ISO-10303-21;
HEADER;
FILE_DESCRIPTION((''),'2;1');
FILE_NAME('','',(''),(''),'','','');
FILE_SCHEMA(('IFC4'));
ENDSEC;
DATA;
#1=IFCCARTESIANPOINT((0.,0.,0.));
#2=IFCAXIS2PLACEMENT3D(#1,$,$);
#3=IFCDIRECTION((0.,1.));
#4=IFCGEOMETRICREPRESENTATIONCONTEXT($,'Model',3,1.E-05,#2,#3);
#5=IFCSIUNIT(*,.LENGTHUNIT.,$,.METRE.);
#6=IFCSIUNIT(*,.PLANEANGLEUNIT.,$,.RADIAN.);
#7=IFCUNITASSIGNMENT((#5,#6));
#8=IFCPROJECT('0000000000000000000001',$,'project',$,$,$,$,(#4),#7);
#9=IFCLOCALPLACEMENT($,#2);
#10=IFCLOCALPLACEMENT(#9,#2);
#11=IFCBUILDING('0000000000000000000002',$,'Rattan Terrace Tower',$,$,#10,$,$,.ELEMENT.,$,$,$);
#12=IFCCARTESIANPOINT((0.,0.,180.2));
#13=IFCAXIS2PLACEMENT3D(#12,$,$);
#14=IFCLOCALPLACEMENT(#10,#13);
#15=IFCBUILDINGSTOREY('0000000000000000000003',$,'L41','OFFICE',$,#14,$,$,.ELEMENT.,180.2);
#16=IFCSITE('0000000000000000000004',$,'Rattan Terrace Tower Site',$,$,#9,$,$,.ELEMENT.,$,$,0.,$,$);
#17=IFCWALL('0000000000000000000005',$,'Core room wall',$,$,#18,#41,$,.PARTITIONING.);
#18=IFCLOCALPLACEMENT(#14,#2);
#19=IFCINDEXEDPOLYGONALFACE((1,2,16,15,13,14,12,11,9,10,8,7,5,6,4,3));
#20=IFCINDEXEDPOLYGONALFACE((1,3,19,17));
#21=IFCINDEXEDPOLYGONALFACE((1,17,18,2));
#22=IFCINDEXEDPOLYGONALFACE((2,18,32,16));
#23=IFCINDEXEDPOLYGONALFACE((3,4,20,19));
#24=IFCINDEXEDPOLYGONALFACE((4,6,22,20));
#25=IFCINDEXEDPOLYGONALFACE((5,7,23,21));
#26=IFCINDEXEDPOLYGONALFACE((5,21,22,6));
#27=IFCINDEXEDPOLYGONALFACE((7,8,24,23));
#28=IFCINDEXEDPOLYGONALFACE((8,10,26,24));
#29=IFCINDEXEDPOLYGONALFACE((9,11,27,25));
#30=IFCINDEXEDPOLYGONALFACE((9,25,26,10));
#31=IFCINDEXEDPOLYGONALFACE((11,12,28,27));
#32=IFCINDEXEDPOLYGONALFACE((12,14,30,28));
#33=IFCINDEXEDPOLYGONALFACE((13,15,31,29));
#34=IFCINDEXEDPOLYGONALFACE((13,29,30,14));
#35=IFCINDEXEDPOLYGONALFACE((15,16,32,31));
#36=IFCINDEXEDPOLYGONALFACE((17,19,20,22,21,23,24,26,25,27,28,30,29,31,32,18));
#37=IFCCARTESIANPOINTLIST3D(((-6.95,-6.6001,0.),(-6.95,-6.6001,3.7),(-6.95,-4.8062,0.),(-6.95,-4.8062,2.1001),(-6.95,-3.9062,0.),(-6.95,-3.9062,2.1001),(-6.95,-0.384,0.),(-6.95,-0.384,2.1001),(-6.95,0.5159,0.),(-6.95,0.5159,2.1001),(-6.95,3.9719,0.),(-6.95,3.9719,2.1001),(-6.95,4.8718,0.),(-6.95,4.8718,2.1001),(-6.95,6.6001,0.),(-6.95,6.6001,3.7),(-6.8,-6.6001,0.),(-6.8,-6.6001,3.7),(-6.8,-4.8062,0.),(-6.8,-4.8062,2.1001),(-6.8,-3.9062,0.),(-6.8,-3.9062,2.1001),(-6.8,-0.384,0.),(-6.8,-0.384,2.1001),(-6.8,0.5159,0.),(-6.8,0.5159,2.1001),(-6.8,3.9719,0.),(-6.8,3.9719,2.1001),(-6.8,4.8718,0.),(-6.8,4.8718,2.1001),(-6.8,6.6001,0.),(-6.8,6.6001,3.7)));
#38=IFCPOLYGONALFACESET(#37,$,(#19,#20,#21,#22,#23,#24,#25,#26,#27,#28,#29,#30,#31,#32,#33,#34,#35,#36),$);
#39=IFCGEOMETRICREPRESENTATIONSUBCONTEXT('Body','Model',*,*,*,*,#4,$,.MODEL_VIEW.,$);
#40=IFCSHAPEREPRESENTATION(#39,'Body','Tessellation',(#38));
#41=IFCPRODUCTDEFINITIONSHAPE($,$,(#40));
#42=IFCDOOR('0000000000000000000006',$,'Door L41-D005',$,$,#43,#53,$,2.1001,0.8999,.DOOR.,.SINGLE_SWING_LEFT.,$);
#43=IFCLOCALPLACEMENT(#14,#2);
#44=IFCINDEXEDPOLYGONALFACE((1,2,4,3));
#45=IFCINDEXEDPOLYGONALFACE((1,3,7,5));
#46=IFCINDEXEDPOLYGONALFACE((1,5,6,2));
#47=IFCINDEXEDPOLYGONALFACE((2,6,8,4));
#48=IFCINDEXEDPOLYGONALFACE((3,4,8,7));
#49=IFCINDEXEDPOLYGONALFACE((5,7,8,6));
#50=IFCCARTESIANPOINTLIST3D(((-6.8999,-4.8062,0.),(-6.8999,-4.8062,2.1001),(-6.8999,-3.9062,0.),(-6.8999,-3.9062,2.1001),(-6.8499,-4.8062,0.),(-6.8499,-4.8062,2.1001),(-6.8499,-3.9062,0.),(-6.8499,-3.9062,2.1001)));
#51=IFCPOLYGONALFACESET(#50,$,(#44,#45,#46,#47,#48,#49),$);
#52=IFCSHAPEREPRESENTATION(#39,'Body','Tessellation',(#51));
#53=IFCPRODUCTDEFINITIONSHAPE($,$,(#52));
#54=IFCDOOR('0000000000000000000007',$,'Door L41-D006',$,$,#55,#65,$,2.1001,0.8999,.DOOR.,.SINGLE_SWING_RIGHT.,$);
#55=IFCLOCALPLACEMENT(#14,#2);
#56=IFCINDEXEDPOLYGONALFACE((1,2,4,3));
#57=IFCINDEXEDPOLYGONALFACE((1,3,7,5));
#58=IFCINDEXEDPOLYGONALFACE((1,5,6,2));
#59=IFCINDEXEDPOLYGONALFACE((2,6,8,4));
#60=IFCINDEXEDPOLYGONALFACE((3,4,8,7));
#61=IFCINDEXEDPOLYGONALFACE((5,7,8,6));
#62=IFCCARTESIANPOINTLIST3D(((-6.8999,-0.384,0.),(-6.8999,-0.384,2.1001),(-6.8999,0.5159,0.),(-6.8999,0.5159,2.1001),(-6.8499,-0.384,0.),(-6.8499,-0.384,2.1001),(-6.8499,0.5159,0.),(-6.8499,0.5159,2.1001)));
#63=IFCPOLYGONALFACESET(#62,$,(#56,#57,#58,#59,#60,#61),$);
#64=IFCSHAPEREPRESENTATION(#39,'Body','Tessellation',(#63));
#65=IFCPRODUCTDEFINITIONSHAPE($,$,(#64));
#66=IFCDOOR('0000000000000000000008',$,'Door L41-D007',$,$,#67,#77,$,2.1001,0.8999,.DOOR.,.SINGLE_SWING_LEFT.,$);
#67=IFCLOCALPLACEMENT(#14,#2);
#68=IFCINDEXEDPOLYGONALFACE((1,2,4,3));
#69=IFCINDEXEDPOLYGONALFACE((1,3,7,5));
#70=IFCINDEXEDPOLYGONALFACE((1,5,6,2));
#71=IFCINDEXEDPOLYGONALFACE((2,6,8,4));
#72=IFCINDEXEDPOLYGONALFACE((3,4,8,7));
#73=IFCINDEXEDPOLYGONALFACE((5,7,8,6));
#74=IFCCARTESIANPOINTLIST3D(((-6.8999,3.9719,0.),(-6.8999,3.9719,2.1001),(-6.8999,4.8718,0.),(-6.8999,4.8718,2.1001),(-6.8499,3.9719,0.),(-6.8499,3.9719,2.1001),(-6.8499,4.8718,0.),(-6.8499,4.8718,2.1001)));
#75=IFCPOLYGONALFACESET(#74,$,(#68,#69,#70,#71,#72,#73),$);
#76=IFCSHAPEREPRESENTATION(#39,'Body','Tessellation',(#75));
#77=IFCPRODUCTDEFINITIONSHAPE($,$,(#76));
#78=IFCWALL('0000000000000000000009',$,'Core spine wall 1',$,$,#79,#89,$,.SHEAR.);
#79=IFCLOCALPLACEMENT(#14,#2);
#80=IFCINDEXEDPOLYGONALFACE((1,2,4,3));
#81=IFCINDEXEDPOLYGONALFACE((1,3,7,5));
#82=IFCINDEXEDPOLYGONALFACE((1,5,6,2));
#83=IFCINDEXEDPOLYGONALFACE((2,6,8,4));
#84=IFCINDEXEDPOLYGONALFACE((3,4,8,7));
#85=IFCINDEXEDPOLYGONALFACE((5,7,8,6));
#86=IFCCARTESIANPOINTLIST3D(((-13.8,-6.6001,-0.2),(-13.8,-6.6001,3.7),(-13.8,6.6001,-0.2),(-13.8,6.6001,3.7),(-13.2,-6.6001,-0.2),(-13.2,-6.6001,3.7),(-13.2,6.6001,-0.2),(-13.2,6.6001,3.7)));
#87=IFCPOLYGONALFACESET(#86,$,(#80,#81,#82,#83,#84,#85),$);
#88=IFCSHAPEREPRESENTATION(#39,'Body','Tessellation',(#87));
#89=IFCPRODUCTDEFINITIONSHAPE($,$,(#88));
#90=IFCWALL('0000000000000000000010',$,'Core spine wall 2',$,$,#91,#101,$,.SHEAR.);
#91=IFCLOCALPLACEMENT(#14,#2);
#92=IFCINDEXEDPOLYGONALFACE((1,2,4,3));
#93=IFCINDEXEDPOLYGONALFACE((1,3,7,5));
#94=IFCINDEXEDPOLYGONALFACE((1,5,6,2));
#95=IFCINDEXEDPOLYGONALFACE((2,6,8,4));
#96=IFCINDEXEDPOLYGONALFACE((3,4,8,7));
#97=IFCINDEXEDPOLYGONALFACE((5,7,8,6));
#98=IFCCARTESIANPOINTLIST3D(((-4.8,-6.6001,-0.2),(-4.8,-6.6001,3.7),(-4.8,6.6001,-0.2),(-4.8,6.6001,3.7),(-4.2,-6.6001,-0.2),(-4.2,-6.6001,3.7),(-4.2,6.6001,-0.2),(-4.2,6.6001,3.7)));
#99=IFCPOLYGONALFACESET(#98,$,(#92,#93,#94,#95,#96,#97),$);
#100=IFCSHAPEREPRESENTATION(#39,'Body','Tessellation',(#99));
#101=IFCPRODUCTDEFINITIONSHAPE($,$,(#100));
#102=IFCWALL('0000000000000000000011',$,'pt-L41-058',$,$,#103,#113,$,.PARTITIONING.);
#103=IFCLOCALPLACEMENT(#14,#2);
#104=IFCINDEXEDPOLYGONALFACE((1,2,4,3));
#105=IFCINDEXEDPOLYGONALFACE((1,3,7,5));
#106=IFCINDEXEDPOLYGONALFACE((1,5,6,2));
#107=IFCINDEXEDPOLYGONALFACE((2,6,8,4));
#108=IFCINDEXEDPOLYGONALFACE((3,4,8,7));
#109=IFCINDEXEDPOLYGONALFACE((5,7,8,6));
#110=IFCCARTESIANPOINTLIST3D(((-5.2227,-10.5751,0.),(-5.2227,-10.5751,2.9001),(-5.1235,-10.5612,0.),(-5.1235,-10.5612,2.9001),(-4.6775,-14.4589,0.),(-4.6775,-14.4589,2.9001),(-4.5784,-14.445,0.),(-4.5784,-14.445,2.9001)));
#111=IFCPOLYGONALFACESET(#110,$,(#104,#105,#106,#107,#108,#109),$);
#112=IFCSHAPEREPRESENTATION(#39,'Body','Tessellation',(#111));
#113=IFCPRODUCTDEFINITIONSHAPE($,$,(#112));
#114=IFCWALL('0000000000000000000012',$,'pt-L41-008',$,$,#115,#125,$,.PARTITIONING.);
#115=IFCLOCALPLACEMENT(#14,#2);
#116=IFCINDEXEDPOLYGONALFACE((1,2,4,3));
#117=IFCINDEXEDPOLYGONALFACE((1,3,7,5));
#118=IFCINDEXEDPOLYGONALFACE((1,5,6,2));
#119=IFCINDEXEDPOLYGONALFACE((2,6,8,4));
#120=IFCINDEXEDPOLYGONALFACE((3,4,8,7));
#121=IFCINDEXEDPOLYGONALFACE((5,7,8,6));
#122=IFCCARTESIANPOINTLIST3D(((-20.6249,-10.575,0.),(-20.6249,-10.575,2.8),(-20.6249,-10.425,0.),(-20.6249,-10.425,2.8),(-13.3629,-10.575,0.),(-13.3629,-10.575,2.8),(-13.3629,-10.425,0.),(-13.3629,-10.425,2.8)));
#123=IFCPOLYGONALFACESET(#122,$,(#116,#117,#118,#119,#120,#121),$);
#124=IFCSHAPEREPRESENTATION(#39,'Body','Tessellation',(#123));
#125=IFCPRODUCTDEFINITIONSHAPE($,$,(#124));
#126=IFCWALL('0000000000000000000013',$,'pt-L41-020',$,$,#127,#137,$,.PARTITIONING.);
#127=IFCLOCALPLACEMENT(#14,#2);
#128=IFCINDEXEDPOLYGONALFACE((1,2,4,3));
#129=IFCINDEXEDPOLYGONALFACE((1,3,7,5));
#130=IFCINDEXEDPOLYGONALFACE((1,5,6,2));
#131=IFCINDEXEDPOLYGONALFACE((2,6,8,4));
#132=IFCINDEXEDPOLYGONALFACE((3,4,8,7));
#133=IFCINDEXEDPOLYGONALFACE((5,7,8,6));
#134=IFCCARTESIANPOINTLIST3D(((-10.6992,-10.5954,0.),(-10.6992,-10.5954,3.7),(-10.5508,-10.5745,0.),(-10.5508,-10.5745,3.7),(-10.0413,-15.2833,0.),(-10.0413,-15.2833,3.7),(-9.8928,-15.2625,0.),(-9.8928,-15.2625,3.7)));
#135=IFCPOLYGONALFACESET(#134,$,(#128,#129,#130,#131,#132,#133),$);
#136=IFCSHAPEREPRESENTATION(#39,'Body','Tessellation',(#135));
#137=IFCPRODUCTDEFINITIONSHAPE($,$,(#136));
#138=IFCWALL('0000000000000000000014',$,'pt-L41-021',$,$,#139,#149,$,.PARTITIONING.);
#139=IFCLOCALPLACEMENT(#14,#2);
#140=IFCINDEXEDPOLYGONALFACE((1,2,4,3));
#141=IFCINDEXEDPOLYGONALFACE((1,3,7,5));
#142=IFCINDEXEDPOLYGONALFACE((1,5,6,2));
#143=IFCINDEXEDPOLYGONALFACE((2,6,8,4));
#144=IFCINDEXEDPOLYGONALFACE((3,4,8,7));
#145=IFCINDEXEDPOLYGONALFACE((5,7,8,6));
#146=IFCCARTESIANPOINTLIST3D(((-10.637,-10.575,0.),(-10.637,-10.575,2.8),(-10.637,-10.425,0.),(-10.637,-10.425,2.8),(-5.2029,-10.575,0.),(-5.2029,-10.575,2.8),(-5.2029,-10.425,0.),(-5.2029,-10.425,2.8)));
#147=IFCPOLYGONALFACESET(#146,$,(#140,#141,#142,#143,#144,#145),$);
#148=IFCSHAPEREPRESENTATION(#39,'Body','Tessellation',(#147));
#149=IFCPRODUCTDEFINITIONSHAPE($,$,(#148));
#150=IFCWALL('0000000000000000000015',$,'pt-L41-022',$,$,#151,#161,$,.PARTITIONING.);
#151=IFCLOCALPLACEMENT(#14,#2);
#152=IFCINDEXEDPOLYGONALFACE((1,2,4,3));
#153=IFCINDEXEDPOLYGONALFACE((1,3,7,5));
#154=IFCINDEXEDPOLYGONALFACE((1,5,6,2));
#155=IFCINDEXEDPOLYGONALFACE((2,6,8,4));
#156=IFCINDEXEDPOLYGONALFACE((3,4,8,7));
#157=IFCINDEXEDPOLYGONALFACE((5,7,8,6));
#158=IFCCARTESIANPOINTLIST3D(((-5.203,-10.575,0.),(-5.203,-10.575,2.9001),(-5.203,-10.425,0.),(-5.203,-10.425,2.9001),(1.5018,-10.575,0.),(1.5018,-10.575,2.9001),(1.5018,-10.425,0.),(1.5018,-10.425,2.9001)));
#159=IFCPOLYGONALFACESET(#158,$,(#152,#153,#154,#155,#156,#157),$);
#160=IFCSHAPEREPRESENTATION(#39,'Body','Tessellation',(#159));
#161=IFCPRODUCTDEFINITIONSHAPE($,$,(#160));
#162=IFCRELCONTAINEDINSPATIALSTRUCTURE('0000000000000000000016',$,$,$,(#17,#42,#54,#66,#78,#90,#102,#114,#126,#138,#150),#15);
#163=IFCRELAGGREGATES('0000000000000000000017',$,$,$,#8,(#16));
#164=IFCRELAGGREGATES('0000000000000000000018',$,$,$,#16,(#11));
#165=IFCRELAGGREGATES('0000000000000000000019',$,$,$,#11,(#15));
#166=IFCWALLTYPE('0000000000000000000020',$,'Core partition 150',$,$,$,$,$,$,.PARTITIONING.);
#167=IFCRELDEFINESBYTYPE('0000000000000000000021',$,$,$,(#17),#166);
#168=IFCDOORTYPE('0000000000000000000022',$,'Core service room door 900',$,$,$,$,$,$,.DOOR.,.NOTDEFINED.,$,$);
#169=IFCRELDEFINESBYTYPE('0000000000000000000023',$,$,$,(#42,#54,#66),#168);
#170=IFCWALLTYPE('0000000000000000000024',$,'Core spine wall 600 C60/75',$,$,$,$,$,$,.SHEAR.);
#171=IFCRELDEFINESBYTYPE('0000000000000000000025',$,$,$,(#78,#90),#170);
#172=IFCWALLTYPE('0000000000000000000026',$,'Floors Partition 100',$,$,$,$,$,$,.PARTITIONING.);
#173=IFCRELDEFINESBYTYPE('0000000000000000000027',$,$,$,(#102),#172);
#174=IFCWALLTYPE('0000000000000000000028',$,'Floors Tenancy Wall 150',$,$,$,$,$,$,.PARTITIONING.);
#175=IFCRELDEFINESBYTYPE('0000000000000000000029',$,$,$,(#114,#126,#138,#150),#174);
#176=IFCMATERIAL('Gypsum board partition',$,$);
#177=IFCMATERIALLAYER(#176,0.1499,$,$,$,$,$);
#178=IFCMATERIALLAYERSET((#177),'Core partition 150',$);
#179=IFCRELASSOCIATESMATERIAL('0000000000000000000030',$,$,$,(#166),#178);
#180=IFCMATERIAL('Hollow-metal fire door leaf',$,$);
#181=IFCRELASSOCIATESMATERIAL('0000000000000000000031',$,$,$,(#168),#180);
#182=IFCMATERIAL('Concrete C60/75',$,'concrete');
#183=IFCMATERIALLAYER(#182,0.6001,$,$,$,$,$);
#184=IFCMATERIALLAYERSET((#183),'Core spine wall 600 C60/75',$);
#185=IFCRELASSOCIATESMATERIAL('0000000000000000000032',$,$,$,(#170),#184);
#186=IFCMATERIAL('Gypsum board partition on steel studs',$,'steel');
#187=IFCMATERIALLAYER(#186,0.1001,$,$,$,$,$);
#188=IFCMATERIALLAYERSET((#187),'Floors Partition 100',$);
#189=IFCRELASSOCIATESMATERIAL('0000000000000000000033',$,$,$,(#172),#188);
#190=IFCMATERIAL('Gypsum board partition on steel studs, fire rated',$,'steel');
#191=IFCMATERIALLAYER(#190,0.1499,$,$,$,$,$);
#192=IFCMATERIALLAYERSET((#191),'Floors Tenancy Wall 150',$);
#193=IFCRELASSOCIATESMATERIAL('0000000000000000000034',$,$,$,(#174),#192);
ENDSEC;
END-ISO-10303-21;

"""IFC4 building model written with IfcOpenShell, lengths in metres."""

from ifc_helpers import new_model, si_unit, direction, frame, frame_2d, origin, place, context, subcontext, project, spatial, rectangle, extrude, material, layer, layer_set, type_object, element, fill, save


model = new_model("IFC4")

# Units and contexts
model_context = context("Model", 3, precision=1e-05, world=origin(), true_north=direction((0.0, 1.0)))
body_context = subcontext(model_context, "Body", "Model", "MODEL_VIEW")
ifc_project = project(units=[si_unit("LENGTHUNIT", "METRE"), si_unit("PLANEANGLEUNIT", "RADIAN")], contexts=[model_context])

# Site, building, storey
site_placement = place(None, origin())
site = spatial("IfcSite", under=ifc_project, at=site_placement, Name="Rattan Terrace Tower Site", CompositionType="ELEMENT", RefElevation=0.0)
building_placement = place(site_placement, origin())
building = spatial("IfcBuilding", under=site, at=building_placement, Name="Rattan Terrace Tower", CompositionType="ELEMENT")
storey_placement = place(building_placement, frame((0.0, 0.0, 180.2)))
storey = spatial("IfcBuildingStorey", under=building, at=storey_placement, Name="L41", Description="OFFICE", CompositionType="ELEMENT", Elevation=180.2)

# Wall, openings, doors
ifc_material_1 = material(Name="Gypsum board partition")
ifc_layer_1 = layer(ifc_material_1, 0.1499)
ifc_layer_set_1 = layer_set([ifc_layer_1], Name="Core partition 150")
wall_type_1 = type_object("IfcWallType", Name="Core partition 150", PredefinedType="PARTITIONING", material=ifc_layer_set_1)
wall_1_placement = place(storey_placement, frame((-6.875, -6.6001, 0.0), z_axis=(0.0, 0.0, 1.0), x_axis=(0.0, 1.0, 0.0)))
wall_1 = element("IfcWall", 1, at=wall_1_placement, inside=storey, type_object=wall_type_1, Name="Core room wall", PredefinedType="PARTITIONING", context=body_context, shape_type="SweptSolid", body=[
    extrude(rectangle(XDim=13.2002, YDim=0.1499, at=frame_2d((6.6001, 0.0))), origin(), (0.0, 0.0, 1.0), 3.7),
])
opening_1_placement = place(wall_1_placement, frame((1.7939, 0.0, 0.0)))
opening_1 = element("IfcOpeningElement", 2, at=opening_1_placement, cuts=wall_1, PredefinedType="OPENING", context=body_context, shape_type="SweptSolid", body=[
    extrude(rectangle(XDim=0.8999, YDim=2.1001, at=frame_2d((0.45, 1.05))), frame((0.0, 0.0854, 0.0), z_axis=(0.0, -1.0, 0.0), x_axis=(1.0, 0.0, 0.0)), (0.0, 0.0, 1.0), 0.1709),
])
opening_2_placement = place(wall_1_placement, frame((6.2161, 0.0, 0.0)))
opening_2 = element("IfcOpeningElement", 3, at=opening_2_placement, cuts=wall_1, PredefinedType="OPENING", context=body_context, shape_type="SweptSolid", body=[
    extrude(rectangle(XDim=0.8999, YDim=2.1001, at=frame_2d((0.45, 1.05))), frame((0.0, 0.0854, 0.0), z_axis=(0.0, -1.0, 0.0), x_axis=(1.0, 0.0, 0.0)), (0.0, 0.0, 1.0), 0.1709),
])
opening_3_placement = place(wall_1_placement, frame((10.572, 0.0, 0.0)))
opening_3 = element("IfcOpeningElement", 4, at=opening_3_placement, cuts=wall_1, PredefinedType="OPENING", context=body_context, shape_type="SweptSolid", body=[
    extrude(rectangle(XDim=0.8999, YDim=2.1001, at=frame_2d((0.45, 1.05))), frame((0.0, 0.0854, 0.0), z_axis=(0.0, -1.0, 0.0), x_axis=(1.0, 0.0, 0.0)), (0.0, 0.0, 1.0), 0.1709),
])
ifc_material_2 = material(Name="Hollow-metal fire door leaf")
door_type_1 = type_object("IfcDoorType", Name="Core service room door 900", OperationType="NOTDEFINED", PredefinedType="DOOR", material=ifc_material_2)
door_1_placement = place(opening_1_placement, origin())
door_1 = element("IfcDoor", 5, at=door_1_placement, inside=storey, type_object=door_type_1, Name="Door L41-D005", OperationType="SINGLE_SWING_LEFT", OverallHeight=2.1001, OverallWidth=0.8999, PredefinedType="DOOR", context=body_context, shape_type="SweptSolid", body=[
    extrude(rectangle(XDim=0.8999, YDim=2.1001, at=frame_2d((0.45, 1.05))), frame((0.0, 0.0249, 0.0), z_axis=(0.0, -1.0, 0.0), x_axis=(1.0, 0.0, 0.0)), (0.0, 0.0, 1.0), 0.05),
])
fill(opening_1, door_1)
door_2_placement = place(opening_2_placement, origin())
door_2 = element("IfcDoor", 6, at=door_2_placement, inside=storey, type_object=door_type_1, Name="Door L41-D006", OperationType="SINGLE_SWING_RIGHT", OverallHeight=2.1001, OverallWidth=0.8999, PredefinedType="DOOR", context=body_context, shape_type="SweptSolid", body=[
    extrude(rectangle(XDim=0.8999, YDim=2.1001, at=frame_2d((0.45, 1.05))), frame((0.0, 0.0249, 0.0), z_axis=(0.0, -1.0, 0.0), x_axis=(1.0, 0.0, 0.0)), (0.0, 0.0, 1.0), 0.05),
])
fill(opening_2, door_2)
door_3_placement = place(opening_3_placement, origin())
door_3 = element("IfcDoor", 7, at=door_3_placement, inside=storey, type_object=door_type_1, Name="Door L41-D007", OperationType="SINGLE_SWING_LEFT", OverallHeight=2.1001, OverallWidth=0.8999, PredefinedType="DOOR", context=body_context, shape_type="SweptSolid", body=[
    extrude(rectangle(XDim=0.8999, YDim=2.1001, at=frame_2d((0.45, 1.05))), frame((0.0, 0.0249, 0.0), z_axis=(0.0, -1.0, 0.0), x_axis=(1.0, 0.0, 0.0)), (0.0, 0.0, 1.0), 0.05),
])
fill(opening_3, door_3)

# Walls
ifc_material_3 = material(Name="Concrete C60/75", Category="concrete")
ifc_layer_2 = layer(ifc_material_3, 0.6001)
ifc_layer_set_2 = layer_set([ifc_layer_2], Name="Core spine wall 600 C60/75")
wall_type_2 = type_object("IfcWallType", Name="Core spine wall 600 C60/75", PredefinedType="SHEAR", material=ifc_layer_set_2)
for number, where, z_axis, x_axis, name in (
    (8, (-13.5, -6.6001, -0.2), (0.0, 0.0, 1.0), (0.0, 1.0, 0.0), "Core spine wall 1"),
    (9, (-4.5, -6.6001, -0.2), (0.0, 0.0, 1.0), (0.0, 1.0, 0.0), "Core spine wall 2"),
):
    element("IfcWall", number, at=place(storey_placement, frame(where, z_axis=z_axis, x_axis=x_axis)), inside=storey, type_object=wall_type_2, Name=name, PredefinedType="SHEAR", context=body_context, shape_type="SweptSolid", body=[
        extrude(rectangle(XDim=13.2002, YDim=0.6001, at=frame_2d((6.6001, 0.0))), origin(), (0.0, 0.0, 1.0), 3.8999),
    ])
ifc_material_4 = material(Name="Gypsum board partition on steel studs", Category="steel")
ifc_layer_3 = layer(ifc_material_4, 0.1001)
ifc_layer_set_3 = layer_set([ifc_layer_3], Name="Floors Partition 100")
wall_type_3 = type_object("IfcWallType", Name="Floors Partition 100", PredefinedType="PARTITIONING", material=ifc_layer_set_3)
wall_2_placement = place(storey_placement, frame((-5.1731, -10.5681, 0.0), z_axis=(0.0, 0.0, 1.0), x_axis=(0.139007, -0.990291, 0.0)))
element("IfcWall", 10, at=wall_2_placement, inside=storey, type_object=wall_type_3, Name="pt-L41-058", PredefinedType="PARTITIONING", context=body_context, shape_type="SweptSolid", body=[
    extrude(rectangle(XDim=3.9219, YDim=0.1001, at=frame_2d((1.9609, 0.0))), origin(), (0.0, 0.0, 1.0), 2.9001),
])
ifc_material_5 = material(Name="Gypsum board partition on steel studs, fire rated", Category="steel")
ifc_layer_4 = layer(ifc_material_5, 0.1499)
ifc_layer_set_4 = layer_set([ifc_layer_4], Name="Floors Tenancy Wall 150")
wall_type_4 = type_object("IfcWallType", Name="Floors Tenancy Wall 150", PredefinedType="PARTITIONING", material=ifc_layer_set_4)
wall_3_placement = place(storey_placement, frame((-13.363, -10.5, 0.0), z_axis=(0.0, 0.0, 1.0), x_axis=(-1.0, 0.0, 0.0)))
element("IfcWall", 11, at=wall_3_placement, inside=storey, type_object=wall_type_4, Name="pt-L41-008", PredefinedType="PARTITIONING", context=body_context, shape_type="SweptSolid", body=[
    extrude(rectangle(XDim=7.262, YDim=0.1499, at=frame_2d((3.6309, 0.0))), origin(), (0.0, 0.0, 1.0), 2.8),
])
wall_4_placement = place(storey_placement, frame((-10.625, -10.585, 0.0), z_axis=(0.0, 0.0, 1.0), x_axis=(0.138988, -0.990294, 0.0)))
element("IfcWall", 12, at=wall_4_placement, inside=storey, type_object=wall_type_4, Name="pt-L41-020", PredefinedType="PARTITIONING", context=body_context, shape_type="SweptSolid", body=[
    extrude(rectangle(XDim=4.7339, YDim=0.1499, at=frame_2d((2.3669, 0.0))), origin(), (0.0, 0.0, 1.0), 3.7),
])
wall_5_placement = place(storey_placement, frame((-5.2029, -10.5, 0.0), z_axis=(0.0, 0.0, 1.0), x_axis=(-1.0, 0.0, 0.0)))
element("IfcWall", 13, at=wall_5_placement, inside=storey, type_object=wall_type_4, Name="pt-L41-021", PredefinedType="PARTITIONING", context=body_context, shape_type="SweptSolid", body=[
    extrude(rectangle(XDim=5.4341, YDim=0.1499, at=frame_2d((2.717, 0.0))), origin(), (0.0, 0.0, 1.0), 2.8),
])
wall_6_placement = place(storey_placement, frame((1.502, -10.5, 0.0), z_axis=(0.0, 0.0, 1.0), x_axis=(-1.0, 0.0, 0.0)))
element("IfcWall", 14, at=wall_6_placement, inside=storey, type_object=wall_type_4, Name="pt-L41-022", PredefinedType="PARTITIONING", context=body_context, shape_type="SweptSolid", body=[
    extrude(rectangle(XDim=6.7048, YDim=0.1499, at=frame_2d((3.3525, 0.0))), origin(), (0.0, 0.0, 1.0), 2.9001),
])

save(model, "model.ifc")
